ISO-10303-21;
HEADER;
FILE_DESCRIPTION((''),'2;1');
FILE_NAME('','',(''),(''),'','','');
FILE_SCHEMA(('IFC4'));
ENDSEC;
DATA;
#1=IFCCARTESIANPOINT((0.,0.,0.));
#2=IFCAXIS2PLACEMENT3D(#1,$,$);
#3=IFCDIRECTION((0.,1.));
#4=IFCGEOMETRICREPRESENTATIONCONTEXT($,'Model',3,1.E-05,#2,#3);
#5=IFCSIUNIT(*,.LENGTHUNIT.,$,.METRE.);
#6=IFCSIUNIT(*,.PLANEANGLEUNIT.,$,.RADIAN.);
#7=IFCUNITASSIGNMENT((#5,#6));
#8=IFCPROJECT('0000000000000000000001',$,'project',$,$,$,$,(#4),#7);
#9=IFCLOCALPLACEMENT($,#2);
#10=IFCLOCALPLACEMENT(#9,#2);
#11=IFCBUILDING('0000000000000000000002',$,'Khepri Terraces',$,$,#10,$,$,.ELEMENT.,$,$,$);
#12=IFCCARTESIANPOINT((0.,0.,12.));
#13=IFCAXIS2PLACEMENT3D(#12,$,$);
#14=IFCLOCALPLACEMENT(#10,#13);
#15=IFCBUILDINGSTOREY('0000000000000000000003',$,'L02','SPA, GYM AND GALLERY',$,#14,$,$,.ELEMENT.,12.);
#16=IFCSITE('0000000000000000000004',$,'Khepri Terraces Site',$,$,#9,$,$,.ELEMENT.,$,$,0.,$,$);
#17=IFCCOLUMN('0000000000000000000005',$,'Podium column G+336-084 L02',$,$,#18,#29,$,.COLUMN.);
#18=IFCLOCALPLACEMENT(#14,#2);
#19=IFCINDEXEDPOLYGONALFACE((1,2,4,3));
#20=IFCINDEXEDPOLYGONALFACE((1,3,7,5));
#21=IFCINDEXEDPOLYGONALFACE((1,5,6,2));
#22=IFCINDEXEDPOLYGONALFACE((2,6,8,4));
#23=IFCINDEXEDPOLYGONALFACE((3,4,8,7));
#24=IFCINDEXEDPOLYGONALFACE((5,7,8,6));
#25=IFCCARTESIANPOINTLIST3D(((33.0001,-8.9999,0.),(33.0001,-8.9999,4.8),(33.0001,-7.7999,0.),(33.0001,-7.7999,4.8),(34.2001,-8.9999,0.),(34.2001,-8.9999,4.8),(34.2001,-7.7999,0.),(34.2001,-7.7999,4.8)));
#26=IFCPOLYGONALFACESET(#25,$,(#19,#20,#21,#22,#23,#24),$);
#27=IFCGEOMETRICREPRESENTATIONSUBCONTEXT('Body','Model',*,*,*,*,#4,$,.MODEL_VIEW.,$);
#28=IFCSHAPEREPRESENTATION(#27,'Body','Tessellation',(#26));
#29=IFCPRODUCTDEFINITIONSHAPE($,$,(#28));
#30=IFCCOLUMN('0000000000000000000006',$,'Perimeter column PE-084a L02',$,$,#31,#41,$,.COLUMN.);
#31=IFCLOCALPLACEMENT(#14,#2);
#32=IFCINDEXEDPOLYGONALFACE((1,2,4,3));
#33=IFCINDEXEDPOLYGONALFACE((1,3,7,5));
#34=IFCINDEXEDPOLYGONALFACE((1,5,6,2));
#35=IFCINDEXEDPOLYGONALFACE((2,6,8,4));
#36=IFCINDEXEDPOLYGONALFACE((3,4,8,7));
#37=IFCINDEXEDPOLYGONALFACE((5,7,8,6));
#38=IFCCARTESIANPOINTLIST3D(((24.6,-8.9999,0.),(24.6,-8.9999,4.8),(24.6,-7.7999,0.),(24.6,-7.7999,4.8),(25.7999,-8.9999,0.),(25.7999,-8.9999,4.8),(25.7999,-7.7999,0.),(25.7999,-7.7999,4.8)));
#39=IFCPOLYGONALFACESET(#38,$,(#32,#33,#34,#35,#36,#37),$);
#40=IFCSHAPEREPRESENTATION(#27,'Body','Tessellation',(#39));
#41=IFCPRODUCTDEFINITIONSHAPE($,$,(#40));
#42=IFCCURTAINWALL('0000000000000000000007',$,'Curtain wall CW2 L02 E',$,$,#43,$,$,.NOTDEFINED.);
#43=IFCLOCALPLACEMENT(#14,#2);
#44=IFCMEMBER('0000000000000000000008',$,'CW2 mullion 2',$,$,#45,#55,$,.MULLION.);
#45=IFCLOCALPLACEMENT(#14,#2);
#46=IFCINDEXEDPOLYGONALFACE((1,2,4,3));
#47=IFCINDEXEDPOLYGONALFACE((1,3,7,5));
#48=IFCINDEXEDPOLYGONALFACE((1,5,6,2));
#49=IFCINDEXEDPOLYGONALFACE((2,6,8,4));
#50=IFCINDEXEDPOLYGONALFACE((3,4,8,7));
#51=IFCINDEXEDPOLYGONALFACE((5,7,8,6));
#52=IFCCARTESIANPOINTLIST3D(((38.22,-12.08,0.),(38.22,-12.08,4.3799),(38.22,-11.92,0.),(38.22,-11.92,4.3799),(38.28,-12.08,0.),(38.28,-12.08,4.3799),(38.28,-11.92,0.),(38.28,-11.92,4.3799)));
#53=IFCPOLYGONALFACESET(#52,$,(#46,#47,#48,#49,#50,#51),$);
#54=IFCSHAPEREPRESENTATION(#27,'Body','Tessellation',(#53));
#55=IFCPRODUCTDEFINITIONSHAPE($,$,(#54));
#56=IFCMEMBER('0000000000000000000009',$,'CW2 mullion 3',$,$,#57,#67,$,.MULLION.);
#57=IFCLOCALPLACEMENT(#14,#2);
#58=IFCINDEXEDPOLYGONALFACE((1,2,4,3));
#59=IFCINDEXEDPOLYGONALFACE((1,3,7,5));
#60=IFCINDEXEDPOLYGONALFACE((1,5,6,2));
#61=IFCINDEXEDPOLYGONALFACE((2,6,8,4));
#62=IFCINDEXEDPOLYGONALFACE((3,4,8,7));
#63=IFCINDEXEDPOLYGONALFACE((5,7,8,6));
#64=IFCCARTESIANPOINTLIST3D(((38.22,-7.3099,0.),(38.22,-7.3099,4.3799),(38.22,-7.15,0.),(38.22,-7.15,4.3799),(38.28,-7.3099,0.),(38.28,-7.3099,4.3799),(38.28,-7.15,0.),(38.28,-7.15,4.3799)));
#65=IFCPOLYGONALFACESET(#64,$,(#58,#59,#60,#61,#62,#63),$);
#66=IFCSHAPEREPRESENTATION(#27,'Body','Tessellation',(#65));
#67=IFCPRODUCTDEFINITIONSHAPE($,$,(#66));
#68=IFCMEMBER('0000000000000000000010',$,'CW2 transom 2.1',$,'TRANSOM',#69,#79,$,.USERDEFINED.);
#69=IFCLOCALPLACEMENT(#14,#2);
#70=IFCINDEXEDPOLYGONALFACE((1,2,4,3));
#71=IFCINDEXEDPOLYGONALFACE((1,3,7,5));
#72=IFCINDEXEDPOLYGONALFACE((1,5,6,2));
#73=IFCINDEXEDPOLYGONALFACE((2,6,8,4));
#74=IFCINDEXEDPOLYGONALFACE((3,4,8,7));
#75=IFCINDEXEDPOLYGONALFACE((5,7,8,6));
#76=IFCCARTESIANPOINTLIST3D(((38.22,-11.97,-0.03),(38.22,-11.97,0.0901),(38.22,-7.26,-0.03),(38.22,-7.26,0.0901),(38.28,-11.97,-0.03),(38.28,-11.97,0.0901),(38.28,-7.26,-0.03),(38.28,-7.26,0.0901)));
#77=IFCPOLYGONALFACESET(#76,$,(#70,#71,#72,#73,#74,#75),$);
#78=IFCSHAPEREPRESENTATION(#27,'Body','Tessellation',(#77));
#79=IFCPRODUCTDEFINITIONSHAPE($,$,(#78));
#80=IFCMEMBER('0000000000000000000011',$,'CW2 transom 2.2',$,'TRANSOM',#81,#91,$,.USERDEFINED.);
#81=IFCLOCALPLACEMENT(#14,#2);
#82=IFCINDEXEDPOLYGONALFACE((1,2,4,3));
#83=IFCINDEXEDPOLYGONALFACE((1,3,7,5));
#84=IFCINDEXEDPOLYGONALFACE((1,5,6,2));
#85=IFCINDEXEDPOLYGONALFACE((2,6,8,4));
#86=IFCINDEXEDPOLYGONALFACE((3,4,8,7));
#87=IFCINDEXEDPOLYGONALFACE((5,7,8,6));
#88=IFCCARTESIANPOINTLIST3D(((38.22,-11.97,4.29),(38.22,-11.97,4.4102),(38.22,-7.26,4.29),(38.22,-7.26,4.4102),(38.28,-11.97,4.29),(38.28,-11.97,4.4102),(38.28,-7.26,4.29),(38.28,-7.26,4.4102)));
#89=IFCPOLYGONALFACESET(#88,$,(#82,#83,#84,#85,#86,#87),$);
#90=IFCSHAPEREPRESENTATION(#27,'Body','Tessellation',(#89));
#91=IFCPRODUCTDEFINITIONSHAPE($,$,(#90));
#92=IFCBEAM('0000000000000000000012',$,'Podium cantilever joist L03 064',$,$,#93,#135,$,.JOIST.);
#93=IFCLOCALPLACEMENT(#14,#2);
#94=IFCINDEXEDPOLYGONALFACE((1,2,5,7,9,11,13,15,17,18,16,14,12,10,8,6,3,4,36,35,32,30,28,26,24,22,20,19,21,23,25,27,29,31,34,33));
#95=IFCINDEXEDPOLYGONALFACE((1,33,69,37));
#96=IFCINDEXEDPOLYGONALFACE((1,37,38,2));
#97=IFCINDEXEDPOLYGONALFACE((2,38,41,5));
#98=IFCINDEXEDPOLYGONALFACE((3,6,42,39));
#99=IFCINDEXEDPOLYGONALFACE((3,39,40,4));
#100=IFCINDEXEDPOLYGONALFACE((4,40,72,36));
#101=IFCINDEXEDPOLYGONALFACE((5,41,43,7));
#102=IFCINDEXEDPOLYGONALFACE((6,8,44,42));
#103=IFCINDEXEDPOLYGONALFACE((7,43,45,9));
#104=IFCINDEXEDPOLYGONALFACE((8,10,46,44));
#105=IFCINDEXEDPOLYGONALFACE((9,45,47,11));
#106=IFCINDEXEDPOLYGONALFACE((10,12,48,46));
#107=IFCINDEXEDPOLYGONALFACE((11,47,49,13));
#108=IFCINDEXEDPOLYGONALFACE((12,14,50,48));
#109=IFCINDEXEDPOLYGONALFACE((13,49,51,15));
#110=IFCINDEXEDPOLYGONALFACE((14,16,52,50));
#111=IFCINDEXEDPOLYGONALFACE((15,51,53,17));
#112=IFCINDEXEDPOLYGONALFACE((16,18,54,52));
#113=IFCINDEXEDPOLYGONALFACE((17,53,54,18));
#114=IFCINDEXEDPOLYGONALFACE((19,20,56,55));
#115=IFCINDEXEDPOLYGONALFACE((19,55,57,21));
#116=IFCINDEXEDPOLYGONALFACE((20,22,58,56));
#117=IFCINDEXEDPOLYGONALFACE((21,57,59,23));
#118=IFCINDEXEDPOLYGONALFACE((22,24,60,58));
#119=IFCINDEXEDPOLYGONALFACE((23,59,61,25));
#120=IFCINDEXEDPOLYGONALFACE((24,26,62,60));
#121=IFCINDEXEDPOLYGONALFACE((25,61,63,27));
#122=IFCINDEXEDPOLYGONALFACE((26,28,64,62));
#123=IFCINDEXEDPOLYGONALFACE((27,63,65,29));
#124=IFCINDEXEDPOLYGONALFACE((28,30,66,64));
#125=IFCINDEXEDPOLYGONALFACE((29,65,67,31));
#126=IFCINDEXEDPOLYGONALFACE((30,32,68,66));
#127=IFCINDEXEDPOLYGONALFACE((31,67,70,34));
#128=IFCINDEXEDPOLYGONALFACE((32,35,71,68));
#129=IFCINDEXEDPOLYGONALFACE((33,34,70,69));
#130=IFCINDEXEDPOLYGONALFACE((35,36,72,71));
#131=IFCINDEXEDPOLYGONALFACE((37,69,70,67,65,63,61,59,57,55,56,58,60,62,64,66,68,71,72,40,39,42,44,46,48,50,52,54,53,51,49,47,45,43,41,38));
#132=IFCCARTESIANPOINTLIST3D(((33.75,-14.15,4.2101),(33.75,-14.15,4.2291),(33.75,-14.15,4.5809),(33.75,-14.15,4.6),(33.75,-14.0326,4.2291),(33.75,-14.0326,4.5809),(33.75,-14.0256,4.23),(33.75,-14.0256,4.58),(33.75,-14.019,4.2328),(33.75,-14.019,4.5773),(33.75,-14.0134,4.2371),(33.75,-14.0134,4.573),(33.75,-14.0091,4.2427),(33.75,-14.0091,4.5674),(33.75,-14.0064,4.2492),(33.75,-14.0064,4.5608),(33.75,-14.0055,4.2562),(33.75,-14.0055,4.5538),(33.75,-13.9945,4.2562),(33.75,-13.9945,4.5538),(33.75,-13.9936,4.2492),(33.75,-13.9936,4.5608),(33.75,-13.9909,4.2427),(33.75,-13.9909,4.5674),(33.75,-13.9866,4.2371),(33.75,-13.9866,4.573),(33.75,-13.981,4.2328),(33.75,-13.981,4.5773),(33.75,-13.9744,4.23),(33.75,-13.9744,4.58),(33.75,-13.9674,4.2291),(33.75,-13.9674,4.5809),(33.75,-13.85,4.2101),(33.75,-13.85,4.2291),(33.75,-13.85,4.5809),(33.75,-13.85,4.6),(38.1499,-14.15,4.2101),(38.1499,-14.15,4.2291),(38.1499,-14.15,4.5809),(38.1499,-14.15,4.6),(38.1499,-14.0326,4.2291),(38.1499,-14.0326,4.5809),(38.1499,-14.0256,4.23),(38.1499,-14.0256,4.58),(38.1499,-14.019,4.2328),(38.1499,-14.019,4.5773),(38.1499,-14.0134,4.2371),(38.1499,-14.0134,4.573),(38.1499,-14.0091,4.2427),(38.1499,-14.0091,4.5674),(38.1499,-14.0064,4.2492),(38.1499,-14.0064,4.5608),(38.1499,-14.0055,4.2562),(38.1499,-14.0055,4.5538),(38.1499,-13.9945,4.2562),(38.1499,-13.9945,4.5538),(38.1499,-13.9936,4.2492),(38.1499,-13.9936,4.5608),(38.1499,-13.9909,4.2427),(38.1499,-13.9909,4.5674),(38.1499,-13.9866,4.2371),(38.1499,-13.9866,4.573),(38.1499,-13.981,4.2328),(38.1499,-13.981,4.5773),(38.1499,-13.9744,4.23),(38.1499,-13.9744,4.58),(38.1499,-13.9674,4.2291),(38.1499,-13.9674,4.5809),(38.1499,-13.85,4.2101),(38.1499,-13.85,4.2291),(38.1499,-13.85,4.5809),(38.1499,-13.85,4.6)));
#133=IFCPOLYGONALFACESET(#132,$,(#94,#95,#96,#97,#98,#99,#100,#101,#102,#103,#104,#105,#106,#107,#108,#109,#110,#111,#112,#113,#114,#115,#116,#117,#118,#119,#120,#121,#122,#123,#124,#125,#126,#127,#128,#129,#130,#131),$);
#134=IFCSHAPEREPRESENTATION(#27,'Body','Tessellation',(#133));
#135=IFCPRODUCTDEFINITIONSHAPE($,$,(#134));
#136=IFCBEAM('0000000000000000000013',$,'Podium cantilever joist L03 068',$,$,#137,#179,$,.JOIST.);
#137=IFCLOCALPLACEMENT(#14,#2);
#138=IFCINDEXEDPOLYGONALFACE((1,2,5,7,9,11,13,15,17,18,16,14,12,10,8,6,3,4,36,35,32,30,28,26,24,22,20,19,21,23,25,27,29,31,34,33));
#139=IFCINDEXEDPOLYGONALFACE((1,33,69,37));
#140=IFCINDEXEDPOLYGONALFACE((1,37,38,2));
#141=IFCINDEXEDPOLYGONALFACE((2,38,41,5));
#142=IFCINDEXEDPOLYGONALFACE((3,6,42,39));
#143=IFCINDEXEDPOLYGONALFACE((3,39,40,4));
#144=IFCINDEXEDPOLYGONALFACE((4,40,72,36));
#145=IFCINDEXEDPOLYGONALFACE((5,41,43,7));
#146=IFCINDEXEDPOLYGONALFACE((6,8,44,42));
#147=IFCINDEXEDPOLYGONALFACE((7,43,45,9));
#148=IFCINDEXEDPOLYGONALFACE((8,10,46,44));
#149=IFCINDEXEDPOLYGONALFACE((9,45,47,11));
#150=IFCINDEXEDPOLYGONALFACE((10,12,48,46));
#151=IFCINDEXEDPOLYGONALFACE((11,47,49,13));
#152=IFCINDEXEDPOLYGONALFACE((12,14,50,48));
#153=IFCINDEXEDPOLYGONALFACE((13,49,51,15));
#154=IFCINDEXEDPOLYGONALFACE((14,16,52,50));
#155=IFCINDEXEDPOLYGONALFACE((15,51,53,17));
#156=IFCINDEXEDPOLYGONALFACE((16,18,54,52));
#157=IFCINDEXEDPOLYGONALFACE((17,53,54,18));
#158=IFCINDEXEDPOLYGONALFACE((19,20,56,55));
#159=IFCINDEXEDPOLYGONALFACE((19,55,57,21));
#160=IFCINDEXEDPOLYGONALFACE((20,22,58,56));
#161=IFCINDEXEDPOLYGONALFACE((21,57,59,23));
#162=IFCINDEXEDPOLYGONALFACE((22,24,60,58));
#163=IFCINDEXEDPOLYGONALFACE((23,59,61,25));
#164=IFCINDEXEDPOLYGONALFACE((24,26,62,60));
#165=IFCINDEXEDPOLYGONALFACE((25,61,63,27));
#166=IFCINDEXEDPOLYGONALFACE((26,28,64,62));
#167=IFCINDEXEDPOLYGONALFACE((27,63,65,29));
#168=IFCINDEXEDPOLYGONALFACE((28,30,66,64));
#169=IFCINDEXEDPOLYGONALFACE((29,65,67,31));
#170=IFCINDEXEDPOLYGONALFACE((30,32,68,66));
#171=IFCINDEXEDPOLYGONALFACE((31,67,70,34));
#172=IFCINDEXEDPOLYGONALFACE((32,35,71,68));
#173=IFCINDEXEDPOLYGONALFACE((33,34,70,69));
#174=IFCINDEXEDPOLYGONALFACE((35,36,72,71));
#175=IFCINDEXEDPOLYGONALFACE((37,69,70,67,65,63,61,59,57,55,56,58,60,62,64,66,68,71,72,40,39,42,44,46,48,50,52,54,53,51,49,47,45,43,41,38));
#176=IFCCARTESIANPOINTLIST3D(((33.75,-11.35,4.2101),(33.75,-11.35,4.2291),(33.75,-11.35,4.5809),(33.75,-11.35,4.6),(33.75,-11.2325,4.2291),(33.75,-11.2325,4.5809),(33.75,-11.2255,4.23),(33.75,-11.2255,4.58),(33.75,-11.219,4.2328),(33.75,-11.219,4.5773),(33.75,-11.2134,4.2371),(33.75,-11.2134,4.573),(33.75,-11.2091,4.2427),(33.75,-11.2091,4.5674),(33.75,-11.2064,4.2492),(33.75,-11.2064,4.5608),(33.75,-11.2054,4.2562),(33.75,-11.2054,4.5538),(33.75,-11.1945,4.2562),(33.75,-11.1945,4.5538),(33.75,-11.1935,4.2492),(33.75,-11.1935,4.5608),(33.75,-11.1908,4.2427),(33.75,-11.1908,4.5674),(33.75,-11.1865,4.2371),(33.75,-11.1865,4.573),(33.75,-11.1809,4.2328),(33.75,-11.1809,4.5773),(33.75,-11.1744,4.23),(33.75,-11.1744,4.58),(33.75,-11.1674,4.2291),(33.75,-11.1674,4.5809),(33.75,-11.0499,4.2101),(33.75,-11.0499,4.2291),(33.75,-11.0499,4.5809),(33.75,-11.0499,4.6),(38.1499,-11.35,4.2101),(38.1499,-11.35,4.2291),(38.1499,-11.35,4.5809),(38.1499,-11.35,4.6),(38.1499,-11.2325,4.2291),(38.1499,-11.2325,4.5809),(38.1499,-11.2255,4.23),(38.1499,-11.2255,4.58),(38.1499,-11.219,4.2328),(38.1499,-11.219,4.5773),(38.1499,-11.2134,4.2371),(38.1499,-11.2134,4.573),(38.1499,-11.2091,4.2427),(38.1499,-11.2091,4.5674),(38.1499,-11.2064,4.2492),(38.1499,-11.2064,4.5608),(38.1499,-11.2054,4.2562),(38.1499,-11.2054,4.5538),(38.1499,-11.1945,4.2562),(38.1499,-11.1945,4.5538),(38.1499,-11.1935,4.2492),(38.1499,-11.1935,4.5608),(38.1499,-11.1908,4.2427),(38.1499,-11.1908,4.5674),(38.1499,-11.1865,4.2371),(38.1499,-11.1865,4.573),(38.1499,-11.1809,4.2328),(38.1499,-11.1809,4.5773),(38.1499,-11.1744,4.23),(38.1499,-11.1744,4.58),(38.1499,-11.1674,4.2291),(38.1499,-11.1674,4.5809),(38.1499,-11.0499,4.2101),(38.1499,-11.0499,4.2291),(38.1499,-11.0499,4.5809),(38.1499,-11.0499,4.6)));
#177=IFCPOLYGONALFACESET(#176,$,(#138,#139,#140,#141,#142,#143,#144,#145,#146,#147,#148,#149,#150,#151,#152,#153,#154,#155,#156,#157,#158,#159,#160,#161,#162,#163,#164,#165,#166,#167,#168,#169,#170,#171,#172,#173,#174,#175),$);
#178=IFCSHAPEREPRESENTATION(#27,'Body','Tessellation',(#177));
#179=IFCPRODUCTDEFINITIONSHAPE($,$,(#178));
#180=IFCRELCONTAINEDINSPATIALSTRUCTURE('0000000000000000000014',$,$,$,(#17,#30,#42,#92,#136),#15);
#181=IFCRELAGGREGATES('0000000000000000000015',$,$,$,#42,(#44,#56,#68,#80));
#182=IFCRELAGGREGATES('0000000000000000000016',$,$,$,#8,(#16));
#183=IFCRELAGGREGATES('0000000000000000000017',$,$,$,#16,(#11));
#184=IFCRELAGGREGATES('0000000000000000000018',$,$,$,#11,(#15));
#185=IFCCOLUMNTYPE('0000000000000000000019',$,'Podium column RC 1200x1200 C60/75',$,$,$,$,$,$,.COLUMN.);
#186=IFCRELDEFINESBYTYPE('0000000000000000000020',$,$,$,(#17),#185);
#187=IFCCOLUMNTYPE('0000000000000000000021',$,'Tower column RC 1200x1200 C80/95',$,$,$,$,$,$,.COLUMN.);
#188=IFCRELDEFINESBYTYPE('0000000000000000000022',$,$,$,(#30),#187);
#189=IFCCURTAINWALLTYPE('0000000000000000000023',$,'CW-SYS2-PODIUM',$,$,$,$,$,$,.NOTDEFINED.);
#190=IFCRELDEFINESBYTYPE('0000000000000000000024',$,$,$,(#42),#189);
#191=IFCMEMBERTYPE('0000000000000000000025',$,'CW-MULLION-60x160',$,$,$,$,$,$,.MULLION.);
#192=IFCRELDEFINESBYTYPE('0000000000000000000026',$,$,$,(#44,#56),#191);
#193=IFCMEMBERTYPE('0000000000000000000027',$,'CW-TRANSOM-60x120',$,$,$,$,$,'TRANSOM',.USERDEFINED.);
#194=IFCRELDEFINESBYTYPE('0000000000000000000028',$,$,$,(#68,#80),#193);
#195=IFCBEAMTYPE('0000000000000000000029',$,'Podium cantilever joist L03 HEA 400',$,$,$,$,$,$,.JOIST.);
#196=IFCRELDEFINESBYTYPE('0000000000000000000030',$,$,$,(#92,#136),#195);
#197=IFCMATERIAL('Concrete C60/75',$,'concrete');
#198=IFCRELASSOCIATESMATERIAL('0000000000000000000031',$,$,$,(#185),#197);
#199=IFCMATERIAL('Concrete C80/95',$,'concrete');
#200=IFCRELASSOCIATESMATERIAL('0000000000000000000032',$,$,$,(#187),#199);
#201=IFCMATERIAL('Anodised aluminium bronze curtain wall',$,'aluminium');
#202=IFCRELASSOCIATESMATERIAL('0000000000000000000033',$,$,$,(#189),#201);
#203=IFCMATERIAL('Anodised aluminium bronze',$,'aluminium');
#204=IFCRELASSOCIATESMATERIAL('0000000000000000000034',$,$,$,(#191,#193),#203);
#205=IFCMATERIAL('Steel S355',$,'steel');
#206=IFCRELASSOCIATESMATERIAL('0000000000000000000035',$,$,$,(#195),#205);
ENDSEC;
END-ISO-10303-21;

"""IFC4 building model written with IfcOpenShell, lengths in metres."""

from ifc_helpers import new_model, si_unit, direction, frame, origin, origin_2d, place, context, subcontext, project, spatial, rectangle, i_section, extrude, material, material_profile, profile_set, type_object, element, aggregate, save


model = new_model("IFC4")

# Units and contexts
model_context = context("Model", 3, precision=1e-05, world=origin(), true_north=direction((0.0, 1.0)))
body_context = subcontext(model_context, "Body", "Model", "MODEL_VIEW")
ifc_project = project(units=[si_unit("LENGTHUNIT", "METRE"), si_unit("PLANEANGLEUNIT", "RADIAN")], contexts=[model_context])

# Site, building, storey
site_placement = place(None, origin())
site = spatial("IfcSite", under=ifc_project, at=site_placement, Name="Khepri Terraces Site", CompositionType="ELEMENT", RefElevation=0.0)
building_placement = place(site_placement, origin())
building = spatial("IfcBuilding", under=site, at=building_placement, Name="Khepri Terraces", CompositionType="ELEMENT")
storey_placement = place(building_placement, frame((0.0, 0.0, 12.0)))
storey = spatial("IfcBuildingStorey", under=building, at=storey_placement, Name="L02", Description="SPA, GYM AND GALLERY", CompositionType="ELEMENT", Elevation=12.0)

# Columns
ifc_material_1 = material(Name="Concrete C60/75", Category="concrete")
ifc_material_profile_1 = material_profile(ifc_material_1, rectangle(XDim=1.2, YDim=1.2, at=origin_2d()), Name="Concrete C60/75", Category="concrete")
ifc_profile_set_1 = profile_set([ifc_material_profile_1], Name="Concrete C60/75")
column_type_1 = type_object("IfcColumnType", Name="Podium column RC 1200x1200 C60/75", PredefinedType="COLUMN", material=ifc_profile_set_1)
column_1_placement = place(storey_placement, frame((33.6001, -8.3999, 0.0), z_axis=(0.0, 0.0, 1.0), x_axis=(1.0, 0.0, 0.0)))
element("IfcColumn", 1, at=column_1_placement, inside=storey, type_object=column_type_1, Name="Podium column G+336-084 L02", PredefinedType="COLUMN", context=body_context, shape_type="SweptSolid", body=[
    extrude(rectangle(XDim=1.2, YDim=1.2, at=origin_2d()), origin(), (0.0, 0.0, 1.0), 4.8),
])
ifc_material_2 = material(Name="Concrete C80/95", Category="concrete")
ifc_material_profile_2 = material_profile(ifc_material_2, rectangle(XDim=1.2, YDim=1.2, at=origin_2d()), Name="Concrete C80/95", Category="concrete")
ifc_profile_set_2 = profile_set([ifc_material_profile_2], Name="Concrete C80/95")
column_type_2 = type_object("IfcColumnType", Name="Tower column RC 1200x1200 C80/95", PredefinedType="COLUMN", material=ifc_profile_set_2)
column_2_placement = place(storey_placement, frame((25.2, -8.3999, 0.0), z_axis=(0.0, 0.0, 1.0), x_axis=(1.0, 0.0, 0.0)))
element("IfcColumn", 2, at=column_2_placement, inside=storey, type_object=column_type_2, Name="Perimeter column PE-084a L02", PredefinedType="COLUMN", context=body_context, shape_type="SweptSolid", body=[
    extrude(rectangle(XDim=1.2, YDim=1.2, at=origin_2d()), origin(), (0.0, 0.0, 1.0), 4.8),
])

# Curtain wall, members
ifc_material_3 = material(Name="Anodised aluminium bronze curtain wall", Category="aluminium")
curtain_wall_type = type_object("IfcCurtainWallType", Name="CW-SYS2-PODIUM", PredefinedType="NOTDEFINED", material=ifc_material_3)
curtain_wall_placement = place(storey_placement, origin())
curtain_wall = element("IfcCurtainWall", 3, at=curtain_wall_placement, inside=storey, type_object=curtain_wall_type, Name="Curtain wall CW2 L02 E", PredefinedType="NOTDEFINED")
ifc_material_4 = material(Name="Anodised aluminium bronze", Category="aluminium")
ifc_material_profile_3 = material_profile(ifc_material_4, rectangle(XDim=0.0601, YDim=0.1599, at=origin_2d()), Name="Anodised aluminium bronze", Category="aluminium")
ifc_profile_set_3 = profile_set([ifc_material_profile_3], Name="Anodised aluminium bronze")
member_type_1 = type_object("IfcMemberType", Name="CW-MULLION-60x160", PredefinedType="MULLION", material=ifc_profile_set_3)
member_1_placement = place(storey_placement, frame((38.25, -12.0, 0.0), z_axis=(0.0, 0.0, 1.0), x_axis=(-1.0, 0.0, 0.0)))
member_1 = element("IfcMember", 4, at=member_1_placement, type_object=member_type_1, Name="CW2 mullion 2", PredefinedType="MULLION", context=body_context, shape_type="SweptSolid", body=[
    extrude(rectangle(XDim=0.0601, YDim=0.1599, at=origin_2d()), origin(), (0.0, 0.0, 1.0), 4.3799),
])
member_2_placement = place(storey_placement, frame((38.25, -7.23, 0.0), z_axis=(0.0, 0.0, 1.0), x_axis=(-1.0, 0.0, 0.0)))
member_2 = element("IfcMember", 5, at=member_2_placement, type_object=member_type_1, Name="CW2 mullion 3", PredefinedType="MULLION", context=body_context, shape_type="SweptSolid", body=[
    extrude(rectangle(XDim=0.0601, YDim=0.1599, at=origin_2d()), origin(), (0.0, 0.0, 1.0), 4.3799),
])
ifc_material_profile_4 = material_profile(ifc_material_4, rectangle(XDim=0.0601, YDim=0.1201, at=origin_2d()), Name="Anodised aluminium bronze", Category="aluminium")
ifc_profile_set_4 = profile_set([ifc_material_profile_4], Name="Anodised aluminium bronze")
member_type_2 = type_object("IfcMemberType", Name="CW-TRANSOM-60x120", ElementType="TRANSOM", PredefinedType="USERDEFINED", material=ifc_profile_set_4)
member_3_placement = place(storey_placement, frame((38.25, -11.97, 0.03), z_axis=(0.0, 1.0, 0.0), x_axis=(-1.0, 0.0, 0.0)))
member_3 = element("IfcMember", 6, at=member_3_placement, type_object=member_type_2, Name="CW2 transom 2.1", ObjectType="TRANSOM", PredefinedType="USERDEFINED", context=body_context, shape_type="SweptSolid", body=[
    extrude(rectangle(XDim=0.0601, YDim=0.1201, at=origin_2d()), origin(), (0.0, 0.0, 1.0), 4.71),
])
member_4_placement = place(storey_placement, frame((38.25, -11.97, 4.3501), z_axis=(0.0, 1.0, 0.0), x_axis=(-1.0, 0.0, 0.0)))
member_4 = element("IfcMember", 7, at=member_4_placement, type_object=member_type_2, Name="CW2 transom 2.2", ObjectType="TRANSOM", PredefinedType="USERDEFINED", context=body_context, shape_type="SweptSolid", body=[
    extrude(rectangle(XDim=0.0601, YDim=0.1201, at=origin_2d()), origin(), (0.0, 0.0, 1.0), 4.71),
])

# Beams
ifc_material_5 = material(Name="Steel S355", Category="steel")
ifc_material_profile_5 = material_profile(ifc_material_5, i_section(OverallWidth=0.3, OverallDepth=0.3899, WebThickness=0.011, FlangeThickness=0.019, FilletRadius=0.0271, at=origin_2d()), Name="Steel S355", Category="steel")
ifc_profile_set_5 = profile_set([ifc_material_profile_5], Name="Steel S355")
beam_type_1 = type_object("IfcBeamType", Name="Podium cantilever joist L03 HEA 400", PredefinedType="JOIST", material=ifc_profile_set_5)
for number, where, z_axis, x_axis, name in (
    (8, (33.75, -14.0, 4.405), (1.0, 0.0, 0.0), (0.0, 1.0, 0.0), "Podium cantilever joist L03 064"),
    (9, (33.75, -11.2, 4.405), (1.0, 0.0, 0.0), (0.0, 1.0, 0.0), "Podium cantilever joist L03 068"),
):
    element("IfcBeam", number, at=place(storey_placement, frame(where, z_axis=z_axis, x_axis=x_axis)), inside=storey, type_object=beam_type_1, Name=name, PredefinedType="JOIST", context=body_context, shape_type="SweptSolid", body=[
        extrude(i_section(OverallWidth=0.3, OverallDepth=0.3899, WebThickness=0.011, FlangeThickness=0.019, FilletRadius=0.0271, at=origin_2d()), origin(), (0.0, 0.0, 1.0), 4.3999),
    ])

aggregate(curtain_wall, [member_1, member_2, member_3, member_4])

save(model, "model.ifc")
